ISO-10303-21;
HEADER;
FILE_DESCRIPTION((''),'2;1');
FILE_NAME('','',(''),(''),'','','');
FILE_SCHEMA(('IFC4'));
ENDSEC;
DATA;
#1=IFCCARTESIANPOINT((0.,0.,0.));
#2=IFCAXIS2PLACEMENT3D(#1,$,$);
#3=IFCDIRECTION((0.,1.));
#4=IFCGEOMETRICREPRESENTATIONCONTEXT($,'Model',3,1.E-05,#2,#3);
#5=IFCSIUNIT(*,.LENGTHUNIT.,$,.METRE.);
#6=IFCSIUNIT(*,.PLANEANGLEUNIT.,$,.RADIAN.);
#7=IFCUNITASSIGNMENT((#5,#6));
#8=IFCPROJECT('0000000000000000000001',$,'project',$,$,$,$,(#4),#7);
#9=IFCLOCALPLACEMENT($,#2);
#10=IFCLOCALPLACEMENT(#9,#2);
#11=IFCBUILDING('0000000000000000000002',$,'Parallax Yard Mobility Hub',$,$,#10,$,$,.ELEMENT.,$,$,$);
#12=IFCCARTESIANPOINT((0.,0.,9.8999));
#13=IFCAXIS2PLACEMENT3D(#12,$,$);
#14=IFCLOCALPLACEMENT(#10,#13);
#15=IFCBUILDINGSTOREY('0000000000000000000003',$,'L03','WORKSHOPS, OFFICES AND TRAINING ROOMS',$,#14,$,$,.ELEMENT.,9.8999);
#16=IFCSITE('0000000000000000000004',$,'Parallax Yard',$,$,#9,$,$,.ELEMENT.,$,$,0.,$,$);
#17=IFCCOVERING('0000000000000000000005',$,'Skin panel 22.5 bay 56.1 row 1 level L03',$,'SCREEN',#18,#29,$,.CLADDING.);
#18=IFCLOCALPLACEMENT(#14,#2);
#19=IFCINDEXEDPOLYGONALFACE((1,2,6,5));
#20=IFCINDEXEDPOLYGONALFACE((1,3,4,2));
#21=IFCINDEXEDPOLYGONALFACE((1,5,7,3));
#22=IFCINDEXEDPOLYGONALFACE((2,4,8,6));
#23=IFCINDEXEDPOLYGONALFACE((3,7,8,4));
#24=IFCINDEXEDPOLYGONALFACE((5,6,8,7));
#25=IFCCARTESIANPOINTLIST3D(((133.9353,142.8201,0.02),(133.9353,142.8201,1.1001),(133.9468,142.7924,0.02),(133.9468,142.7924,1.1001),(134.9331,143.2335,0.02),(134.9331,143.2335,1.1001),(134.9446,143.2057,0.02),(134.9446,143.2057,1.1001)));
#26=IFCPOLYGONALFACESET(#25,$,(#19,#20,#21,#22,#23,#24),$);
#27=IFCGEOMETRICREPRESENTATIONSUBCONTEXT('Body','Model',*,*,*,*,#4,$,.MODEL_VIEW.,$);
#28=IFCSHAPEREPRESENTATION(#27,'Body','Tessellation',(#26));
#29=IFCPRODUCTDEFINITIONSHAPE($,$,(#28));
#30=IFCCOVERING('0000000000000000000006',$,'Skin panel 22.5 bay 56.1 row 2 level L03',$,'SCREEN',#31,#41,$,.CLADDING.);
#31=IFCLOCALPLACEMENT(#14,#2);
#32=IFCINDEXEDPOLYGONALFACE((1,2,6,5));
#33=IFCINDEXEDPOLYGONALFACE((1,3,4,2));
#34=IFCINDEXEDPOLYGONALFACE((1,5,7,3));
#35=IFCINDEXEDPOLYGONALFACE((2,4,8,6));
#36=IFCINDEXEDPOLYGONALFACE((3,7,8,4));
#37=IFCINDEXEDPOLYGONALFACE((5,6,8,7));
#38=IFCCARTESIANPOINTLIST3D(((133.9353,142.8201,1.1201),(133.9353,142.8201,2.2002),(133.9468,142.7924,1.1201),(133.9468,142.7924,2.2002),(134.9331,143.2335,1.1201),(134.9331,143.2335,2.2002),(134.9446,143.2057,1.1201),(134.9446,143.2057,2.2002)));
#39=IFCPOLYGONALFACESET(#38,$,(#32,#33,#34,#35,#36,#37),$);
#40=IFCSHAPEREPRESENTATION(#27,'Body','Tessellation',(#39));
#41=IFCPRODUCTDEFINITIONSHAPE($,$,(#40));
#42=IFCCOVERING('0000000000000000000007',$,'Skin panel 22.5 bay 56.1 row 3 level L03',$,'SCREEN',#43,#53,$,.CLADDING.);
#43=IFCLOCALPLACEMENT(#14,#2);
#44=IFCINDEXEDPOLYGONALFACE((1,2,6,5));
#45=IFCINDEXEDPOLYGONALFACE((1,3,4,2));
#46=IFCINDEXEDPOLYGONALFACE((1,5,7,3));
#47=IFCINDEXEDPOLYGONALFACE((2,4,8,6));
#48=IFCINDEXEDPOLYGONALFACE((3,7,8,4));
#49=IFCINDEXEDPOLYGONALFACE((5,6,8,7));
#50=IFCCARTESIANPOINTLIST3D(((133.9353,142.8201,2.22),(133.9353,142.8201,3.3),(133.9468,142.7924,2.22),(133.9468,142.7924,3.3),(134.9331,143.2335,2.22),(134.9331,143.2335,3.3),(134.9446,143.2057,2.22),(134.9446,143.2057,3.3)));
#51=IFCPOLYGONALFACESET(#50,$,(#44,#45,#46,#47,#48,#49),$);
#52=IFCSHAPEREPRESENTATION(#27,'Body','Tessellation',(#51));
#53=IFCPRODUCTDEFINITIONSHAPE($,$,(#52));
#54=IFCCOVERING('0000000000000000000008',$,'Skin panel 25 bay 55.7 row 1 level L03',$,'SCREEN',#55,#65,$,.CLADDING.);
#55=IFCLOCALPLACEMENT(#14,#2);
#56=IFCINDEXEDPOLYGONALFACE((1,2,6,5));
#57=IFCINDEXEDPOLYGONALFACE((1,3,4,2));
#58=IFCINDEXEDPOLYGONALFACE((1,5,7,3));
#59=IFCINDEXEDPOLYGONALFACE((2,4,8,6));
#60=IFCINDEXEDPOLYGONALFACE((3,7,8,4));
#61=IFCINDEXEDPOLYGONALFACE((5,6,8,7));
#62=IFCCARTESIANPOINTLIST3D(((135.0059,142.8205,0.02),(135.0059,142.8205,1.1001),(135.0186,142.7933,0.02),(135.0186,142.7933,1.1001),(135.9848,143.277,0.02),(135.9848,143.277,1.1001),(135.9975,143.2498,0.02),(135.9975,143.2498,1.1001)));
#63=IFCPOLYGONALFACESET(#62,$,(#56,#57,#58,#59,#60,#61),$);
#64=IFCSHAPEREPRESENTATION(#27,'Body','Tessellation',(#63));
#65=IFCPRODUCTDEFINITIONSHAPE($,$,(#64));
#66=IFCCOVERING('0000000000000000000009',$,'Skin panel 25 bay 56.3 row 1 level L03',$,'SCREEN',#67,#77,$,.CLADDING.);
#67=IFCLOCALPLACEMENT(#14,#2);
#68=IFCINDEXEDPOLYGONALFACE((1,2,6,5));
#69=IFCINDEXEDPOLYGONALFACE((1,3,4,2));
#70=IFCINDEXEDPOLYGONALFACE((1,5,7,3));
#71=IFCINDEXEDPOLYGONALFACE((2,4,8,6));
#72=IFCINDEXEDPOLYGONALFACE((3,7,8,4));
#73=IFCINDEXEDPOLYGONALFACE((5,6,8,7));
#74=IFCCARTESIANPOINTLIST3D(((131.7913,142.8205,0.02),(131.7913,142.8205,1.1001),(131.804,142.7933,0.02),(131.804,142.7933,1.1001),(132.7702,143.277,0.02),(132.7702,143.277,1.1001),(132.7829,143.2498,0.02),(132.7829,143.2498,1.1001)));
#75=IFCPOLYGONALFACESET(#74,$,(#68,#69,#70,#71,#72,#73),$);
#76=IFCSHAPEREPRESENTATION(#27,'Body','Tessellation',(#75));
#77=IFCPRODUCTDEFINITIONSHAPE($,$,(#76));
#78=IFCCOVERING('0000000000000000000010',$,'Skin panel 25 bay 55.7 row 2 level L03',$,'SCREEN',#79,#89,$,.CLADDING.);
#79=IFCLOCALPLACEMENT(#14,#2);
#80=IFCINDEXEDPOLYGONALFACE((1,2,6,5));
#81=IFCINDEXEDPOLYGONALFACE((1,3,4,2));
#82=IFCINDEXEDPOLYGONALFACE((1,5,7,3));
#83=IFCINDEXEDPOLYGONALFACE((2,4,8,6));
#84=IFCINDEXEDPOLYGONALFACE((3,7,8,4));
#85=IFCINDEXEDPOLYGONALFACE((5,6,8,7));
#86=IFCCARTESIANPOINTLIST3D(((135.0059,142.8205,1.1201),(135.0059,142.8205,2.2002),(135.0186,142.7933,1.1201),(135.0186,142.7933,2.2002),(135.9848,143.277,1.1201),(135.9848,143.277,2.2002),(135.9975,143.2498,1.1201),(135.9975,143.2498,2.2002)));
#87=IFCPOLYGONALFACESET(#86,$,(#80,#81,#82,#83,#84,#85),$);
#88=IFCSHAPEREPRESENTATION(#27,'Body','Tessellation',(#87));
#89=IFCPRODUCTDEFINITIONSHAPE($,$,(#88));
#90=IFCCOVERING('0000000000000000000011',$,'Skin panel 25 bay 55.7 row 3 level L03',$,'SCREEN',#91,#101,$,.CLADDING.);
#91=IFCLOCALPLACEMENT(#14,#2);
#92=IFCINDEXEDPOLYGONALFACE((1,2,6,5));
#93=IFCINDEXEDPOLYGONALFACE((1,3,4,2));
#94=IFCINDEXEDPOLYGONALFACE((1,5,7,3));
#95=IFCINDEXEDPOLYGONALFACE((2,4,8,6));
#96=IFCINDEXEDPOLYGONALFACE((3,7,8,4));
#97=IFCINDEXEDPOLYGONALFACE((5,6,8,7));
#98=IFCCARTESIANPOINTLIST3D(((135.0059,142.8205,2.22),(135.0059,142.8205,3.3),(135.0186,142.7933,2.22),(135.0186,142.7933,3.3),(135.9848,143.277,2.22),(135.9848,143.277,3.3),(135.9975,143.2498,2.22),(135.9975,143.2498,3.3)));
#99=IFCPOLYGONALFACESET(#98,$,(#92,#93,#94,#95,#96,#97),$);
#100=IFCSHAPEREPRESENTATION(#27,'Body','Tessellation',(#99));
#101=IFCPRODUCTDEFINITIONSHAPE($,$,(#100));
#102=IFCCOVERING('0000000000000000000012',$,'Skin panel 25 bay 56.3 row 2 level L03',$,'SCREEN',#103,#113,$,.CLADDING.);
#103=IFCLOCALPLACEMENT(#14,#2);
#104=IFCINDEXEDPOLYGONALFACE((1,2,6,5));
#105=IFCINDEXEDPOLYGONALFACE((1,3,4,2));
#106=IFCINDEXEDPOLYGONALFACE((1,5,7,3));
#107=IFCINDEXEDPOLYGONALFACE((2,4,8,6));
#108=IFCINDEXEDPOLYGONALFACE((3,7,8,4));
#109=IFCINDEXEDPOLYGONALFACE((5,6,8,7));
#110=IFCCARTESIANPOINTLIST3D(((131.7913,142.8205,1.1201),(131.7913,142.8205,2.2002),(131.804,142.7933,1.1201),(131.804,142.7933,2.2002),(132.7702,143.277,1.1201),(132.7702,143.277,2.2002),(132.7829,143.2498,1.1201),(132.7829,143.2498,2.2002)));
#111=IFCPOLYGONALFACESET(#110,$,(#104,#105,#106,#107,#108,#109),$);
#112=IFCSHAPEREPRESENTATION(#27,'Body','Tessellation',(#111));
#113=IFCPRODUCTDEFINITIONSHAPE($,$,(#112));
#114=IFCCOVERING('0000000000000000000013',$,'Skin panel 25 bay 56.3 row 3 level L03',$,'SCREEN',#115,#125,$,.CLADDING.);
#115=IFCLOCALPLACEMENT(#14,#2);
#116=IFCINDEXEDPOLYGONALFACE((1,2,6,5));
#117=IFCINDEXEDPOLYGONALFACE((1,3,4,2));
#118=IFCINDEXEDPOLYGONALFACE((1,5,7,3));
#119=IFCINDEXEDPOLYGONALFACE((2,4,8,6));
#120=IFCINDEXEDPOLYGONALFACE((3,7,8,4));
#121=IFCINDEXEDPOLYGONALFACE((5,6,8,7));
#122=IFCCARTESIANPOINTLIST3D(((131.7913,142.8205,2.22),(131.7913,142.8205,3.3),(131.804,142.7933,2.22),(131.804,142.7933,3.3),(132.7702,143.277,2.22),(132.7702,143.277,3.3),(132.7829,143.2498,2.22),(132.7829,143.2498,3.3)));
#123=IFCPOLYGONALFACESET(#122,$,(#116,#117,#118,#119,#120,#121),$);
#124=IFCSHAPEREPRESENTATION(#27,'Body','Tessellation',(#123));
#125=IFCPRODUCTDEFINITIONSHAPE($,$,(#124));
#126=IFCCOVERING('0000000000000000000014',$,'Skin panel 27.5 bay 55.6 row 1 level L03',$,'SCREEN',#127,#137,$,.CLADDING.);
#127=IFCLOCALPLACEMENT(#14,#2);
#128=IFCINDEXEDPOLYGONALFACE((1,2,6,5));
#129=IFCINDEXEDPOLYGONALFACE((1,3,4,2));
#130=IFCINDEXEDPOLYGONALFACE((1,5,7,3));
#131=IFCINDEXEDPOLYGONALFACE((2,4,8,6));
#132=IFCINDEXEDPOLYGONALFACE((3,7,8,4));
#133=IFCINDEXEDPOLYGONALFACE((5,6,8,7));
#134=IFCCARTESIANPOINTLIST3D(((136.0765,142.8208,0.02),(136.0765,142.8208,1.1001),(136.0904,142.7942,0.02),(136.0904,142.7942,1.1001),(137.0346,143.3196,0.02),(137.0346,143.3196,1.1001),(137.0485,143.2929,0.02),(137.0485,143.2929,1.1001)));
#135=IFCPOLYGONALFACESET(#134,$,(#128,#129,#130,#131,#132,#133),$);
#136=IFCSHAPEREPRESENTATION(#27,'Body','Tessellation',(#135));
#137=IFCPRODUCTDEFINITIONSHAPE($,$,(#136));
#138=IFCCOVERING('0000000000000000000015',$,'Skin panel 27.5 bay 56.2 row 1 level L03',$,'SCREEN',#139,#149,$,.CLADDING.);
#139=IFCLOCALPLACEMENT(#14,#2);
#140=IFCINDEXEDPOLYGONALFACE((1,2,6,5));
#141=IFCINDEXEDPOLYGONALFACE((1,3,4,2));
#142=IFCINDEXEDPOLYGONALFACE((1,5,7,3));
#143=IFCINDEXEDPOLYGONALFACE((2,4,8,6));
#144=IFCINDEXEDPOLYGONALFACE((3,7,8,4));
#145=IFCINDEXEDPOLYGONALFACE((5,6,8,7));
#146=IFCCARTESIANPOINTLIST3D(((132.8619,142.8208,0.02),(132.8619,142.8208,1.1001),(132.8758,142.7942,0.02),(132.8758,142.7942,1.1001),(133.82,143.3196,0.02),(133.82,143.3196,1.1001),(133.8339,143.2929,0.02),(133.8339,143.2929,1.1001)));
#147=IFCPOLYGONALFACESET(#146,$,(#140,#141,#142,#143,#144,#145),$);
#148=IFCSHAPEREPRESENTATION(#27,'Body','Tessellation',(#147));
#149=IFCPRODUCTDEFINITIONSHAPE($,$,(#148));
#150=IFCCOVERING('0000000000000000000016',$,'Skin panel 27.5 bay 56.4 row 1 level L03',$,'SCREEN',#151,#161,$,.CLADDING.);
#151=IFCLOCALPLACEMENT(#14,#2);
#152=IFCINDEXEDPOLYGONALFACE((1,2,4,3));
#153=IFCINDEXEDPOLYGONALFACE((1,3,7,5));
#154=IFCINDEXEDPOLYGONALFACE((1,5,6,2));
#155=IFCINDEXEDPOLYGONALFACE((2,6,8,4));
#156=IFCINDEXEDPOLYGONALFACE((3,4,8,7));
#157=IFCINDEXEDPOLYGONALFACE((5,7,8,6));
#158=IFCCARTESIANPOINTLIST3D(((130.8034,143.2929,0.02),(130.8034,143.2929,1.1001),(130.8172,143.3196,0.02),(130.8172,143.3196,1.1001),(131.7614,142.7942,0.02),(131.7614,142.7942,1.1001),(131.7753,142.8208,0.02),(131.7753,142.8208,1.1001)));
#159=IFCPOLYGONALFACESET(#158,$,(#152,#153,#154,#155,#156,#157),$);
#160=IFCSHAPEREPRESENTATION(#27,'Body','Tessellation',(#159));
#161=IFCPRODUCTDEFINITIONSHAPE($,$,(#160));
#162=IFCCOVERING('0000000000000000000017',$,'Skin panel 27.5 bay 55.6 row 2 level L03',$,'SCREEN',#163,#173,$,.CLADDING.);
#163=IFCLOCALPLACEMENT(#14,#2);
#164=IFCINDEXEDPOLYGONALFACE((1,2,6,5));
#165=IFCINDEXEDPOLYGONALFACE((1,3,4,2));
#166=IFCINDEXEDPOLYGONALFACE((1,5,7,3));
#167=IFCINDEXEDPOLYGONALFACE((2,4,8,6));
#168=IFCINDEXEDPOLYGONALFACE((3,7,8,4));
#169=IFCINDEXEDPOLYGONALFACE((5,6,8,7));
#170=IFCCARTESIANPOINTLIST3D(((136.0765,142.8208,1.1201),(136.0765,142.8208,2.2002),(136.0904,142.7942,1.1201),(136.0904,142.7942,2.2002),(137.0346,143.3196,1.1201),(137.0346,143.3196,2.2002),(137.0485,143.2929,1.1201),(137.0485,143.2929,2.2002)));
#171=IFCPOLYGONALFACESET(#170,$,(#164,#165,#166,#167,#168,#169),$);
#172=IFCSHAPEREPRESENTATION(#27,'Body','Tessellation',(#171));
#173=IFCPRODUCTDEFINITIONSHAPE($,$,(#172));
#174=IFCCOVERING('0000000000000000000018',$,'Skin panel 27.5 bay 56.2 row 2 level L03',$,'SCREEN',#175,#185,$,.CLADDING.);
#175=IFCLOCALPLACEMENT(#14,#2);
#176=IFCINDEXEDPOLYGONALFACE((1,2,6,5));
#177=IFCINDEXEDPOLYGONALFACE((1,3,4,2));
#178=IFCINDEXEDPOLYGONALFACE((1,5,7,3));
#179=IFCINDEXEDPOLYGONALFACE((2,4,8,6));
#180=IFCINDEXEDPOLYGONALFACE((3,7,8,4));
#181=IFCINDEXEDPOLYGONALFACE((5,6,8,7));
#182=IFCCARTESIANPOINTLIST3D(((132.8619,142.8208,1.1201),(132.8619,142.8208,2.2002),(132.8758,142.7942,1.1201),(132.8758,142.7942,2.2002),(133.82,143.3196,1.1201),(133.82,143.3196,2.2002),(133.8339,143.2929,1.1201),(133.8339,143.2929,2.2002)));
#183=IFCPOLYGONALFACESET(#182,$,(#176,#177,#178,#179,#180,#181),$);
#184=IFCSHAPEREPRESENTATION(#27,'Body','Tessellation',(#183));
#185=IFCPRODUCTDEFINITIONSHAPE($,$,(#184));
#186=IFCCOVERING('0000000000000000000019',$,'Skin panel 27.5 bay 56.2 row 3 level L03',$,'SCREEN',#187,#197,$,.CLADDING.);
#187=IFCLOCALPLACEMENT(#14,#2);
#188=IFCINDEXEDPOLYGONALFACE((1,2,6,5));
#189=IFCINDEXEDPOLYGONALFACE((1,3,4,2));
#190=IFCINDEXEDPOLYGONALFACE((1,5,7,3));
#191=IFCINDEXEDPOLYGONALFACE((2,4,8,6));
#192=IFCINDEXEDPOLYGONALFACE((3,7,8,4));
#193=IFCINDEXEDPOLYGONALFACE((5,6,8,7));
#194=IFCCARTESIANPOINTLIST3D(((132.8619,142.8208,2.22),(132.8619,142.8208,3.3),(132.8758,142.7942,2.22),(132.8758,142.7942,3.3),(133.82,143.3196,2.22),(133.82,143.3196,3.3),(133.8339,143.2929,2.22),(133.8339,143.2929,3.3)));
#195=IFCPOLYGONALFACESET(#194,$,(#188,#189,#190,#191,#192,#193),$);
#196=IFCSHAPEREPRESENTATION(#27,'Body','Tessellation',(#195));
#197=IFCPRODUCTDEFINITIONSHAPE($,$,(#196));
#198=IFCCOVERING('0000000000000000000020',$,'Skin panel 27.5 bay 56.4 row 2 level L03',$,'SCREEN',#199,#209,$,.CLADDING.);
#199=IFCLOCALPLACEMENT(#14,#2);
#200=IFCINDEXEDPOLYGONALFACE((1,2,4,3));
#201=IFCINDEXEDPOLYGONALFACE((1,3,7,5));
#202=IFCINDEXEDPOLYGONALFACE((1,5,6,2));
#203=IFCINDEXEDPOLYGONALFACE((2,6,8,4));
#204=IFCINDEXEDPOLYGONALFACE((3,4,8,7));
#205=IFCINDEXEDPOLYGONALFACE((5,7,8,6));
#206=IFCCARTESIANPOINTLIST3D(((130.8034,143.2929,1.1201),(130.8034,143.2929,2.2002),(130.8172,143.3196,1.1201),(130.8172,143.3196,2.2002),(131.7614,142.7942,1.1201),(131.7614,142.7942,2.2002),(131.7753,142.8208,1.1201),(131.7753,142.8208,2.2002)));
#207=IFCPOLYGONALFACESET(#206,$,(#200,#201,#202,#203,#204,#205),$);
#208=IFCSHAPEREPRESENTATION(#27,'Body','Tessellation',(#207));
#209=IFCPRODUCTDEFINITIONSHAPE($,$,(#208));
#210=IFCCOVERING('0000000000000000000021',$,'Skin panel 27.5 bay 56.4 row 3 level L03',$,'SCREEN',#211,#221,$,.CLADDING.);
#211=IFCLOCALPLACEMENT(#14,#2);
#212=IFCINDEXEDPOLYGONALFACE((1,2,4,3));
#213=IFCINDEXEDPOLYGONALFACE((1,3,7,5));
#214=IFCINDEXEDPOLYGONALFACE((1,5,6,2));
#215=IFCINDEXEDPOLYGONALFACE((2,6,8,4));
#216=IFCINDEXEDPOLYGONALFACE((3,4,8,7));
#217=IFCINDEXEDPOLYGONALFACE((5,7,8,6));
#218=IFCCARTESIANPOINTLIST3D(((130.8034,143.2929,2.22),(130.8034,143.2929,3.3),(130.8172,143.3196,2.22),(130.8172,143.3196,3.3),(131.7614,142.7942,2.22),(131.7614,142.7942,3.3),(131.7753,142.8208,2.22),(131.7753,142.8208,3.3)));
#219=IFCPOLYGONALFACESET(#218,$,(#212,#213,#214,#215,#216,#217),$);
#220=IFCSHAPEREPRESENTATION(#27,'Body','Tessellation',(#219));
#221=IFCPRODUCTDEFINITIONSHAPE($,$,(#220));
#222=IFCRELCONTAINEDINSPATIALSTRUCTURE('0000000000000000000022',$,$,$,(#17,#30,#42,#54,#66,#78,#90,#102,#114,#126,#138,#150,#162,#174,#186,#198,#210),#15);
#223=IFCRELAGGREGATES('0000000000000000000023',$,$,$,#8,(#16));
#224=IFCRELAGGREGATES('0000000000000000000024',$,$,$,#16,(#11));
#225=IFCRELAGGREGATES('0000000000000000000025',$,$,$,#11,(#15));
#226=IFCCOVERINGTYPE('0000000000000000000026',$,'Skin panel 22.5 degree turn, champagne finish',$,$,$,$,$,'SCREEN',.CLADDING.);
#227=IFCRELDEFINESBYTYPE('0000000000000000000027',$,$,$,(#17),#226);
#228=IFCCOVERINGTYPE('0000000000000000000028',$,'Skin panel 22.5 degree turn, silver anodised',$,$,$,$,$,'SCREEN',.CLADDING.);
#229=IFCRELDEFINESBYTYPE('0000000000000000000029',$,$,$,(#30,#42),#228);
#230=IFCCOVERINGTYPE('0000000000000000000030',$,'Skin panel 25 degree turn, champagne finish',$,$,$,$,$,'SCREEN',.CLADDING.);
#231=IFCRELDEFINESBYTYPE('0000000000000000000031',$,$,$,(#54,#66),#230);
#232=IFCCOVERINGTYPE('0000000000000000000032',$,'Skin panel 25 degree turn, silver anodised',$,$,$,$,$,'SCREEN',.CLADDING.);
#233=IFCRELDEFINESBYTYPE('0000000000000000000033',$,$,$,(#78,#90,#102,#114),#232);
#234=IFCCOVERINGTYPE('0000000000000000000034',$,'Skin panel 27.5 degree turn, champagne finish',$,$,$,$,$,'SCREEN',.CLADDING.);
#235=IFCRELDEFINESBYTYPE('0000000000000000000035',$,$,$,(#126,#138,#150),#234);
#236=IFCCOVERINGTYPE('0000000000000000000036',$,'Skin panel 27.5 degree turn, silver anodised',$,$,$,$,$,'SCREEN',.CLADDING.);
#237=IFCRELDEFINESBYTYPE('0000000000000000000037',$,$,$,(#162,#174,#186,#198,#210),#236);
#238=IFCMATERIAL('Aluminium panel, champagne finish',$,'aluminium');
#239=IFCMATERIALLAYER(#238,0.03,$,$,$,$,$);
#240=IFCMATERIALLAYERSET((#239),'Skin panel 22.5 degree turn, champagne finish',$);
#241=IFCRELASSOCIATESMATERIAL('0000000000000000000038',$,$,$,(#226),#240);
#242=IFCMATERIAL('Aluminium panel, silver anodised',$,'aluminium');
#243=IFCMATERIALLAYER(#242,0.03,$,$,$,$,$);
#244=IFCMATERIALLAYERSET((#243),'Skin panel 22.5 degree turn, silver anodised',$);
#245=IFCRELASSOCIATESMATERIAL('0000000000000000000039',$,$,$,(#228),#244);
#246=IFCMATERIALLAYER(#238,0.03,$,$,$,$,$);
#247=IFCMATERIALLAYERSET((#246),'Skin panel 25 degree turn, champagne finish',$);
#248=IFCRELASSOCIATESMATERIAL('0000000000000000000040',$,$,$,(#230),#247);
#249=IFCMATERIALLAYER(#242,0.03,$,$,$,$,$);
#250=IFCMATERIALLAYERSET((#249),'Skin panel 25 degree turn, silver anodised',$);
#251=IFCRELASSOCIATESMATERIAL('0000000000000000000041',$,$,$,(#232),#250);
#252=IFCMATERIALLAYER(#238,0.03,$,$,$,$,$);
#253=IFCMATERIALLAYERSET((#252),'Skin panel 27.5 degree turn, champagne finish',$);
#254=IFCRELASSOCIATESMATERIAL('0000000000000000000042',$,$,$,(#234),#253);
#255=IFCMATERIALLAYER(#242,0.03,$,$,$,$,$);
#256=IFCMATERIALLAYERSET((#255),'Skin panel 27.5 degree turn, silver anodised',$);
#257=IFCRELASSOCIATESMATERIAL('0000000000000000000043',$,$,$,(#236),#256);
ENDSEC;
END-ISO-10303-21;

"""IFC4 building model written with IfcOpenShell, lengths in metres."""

from ifc_helpers import new_model, si_unit, direction, frame, origin, origin_2d, place, context, subcontext, project, spatial, rectangle, extrude, material, layer, layer_set, type_object, element, save


model = new_model("IFC4")

# Units and contexts
model_context = context("Model", 3, precision=1e-05, world=origin(), true_north=direction((0.0, 1.0)))
body_context = subcontext(model_context, "Body", "Model", "MODEL_VIEW")
ifc_project = project(units=[si_unit("LENGTHUNIT", "METRE"), si_unit("PLANEANGLEUNIT", "RADIAN")], contexts=[model_context])

# Site, building, storey
site_placement = place(None, origin())
site = spatial("IfcSite", under=ifc_project, at=site_placement, Name="Parallax Yard", CompositionType="ELEMENT", RefElevation=0.0)
building_placement = place(site_placement, origin())
building = spatial("IfcBuilding", under=site, at=building_placement, Name="Parallax Yard Mobility Hub", CompositionType="ELEMENT")
storey_placement = place(building_placement, frame((0.0, 0.0, 9.8999)))
storey = spatial("IfcBuildingStorey", under=building, at=storey_placement, Name="L03", Description="WORKSHOPS, OFFICES AND TRAINING ROOMS", CompositionType="ELEMENT", Elevation=9.8999)

# Coverings
ifc_material_1 = material(Name="Aluminium panel, champagne finish", Category="aluminium")
ifc_layer_1 = layer(ifc_material_1, 0.03)
ifc_layer_set_1 = layer_set([ifc_layer_1], Name="Skin panel 22.5 degree turn, champagne finish")
covering_type_1 = type_object("IfcCoveringType", Name="Skin panel 22.5 degree turn, champagne finish", ElementType="SCREEN", PredefinedType="CLADDING", material=ifc_layer_set_1)
covering_placement = place(storey_placement, frame((134.4399, 143.0129, 0.02), z_axis=(0.0, 0.0, 1.0), x_axis=(0.92388, 0.382683, 0.0)))
element("IfcCovering", 1, at=covering_placement, inside=storey, type_object=covering_type_1, Name="Skin panel 22.5 bay 56.1 row 1 level L03", ObjectType="SCREEN", PredefinedType="CLADDING", context=body_context, shape_type="SweptSolid", body=[
    extrude(rectangle(XDim=1.0801, YDim=0.03, at=origin_2d()), origin(), (0.0, 0.0, 1.0), 1.0801),
])
ifc_material_2 = material(Name="Aluminium panel, silver anodised", Category="aluminium")
ifc_layer_2 = layer(ifc_material_2, 0.03)
ifc_layer_set_2 = layer_set([ifc_layer_2], Name="Skin panel 22.5 degree turn, silver anodised")
covering_type_2 = type_object("IfcCoveringType", Name="Skin panel 22.5 degree turn, silver anodised", ElementType="SCREEN", PredefinedType="CLADDING", material=ifc_layer_set_2)
for number, where, z_axis, x_axis, name in (
    (2, (134.4399, 143.0129, 1.1201), (0.0, 0.0, 1.0), (0.92388, 0.382683, 0.0), "Skin panel 22.5 bay 56.1 row 2 level L03"),
    (3, (134.4399, 143.0129, 2.22), (0.0, 0.0, 1.0), (0.92388, 0.382683, 0.0), "Skin panel 22.5 bay 56.1 row 3 level L03"),
):
    element("IfcCovering", number, at=place(storey_placement, frame(where, z_axis=z_axis, x_axis=x_axis)), inside=storey, type_object=covering_type_2, Name=name, ObjectType="SCREEN", PredefinedType="CLADDING", context=body_context, shape_type="SweptSolid", body=[
        extrude(rectangle(XDim=1.0801, YDim=0.03, at=origin_2d()), origin(), (0.0, 0.0, 1.0), 1.0801),
    ])
ifc_layer_3 = layer(ifc_material_1, 0.03)
ifc_layer_set_3 = layer_set([ifc_layer_3], Name="Skin panel 25 degree turn, champagne finish")
covering_type_3 = type_object("IfcCoveringType", Name="Skin panel 25 degree turn, champagne finish", ElementType="SCREEN", PredefinedType="CLADDING", material=ifc_layer_set_3)
for number, where, z_axis, x_axis, name in (
    (4, (135.5017, 143.0352, 0.02), (0.0, 0.0, 1.0), (0.906308, 0.422618, 0.0), "Skin panel 25 bay 55.7 row 1 level L03"),
    (5, (132.2871, 143.0352, 0.02), (0.0, 0.0, 1.0), (0.906308, 0.422618, 0.0), "Skin panel 25 bay 56.3 row 1 level L03"),
):
    element("IfcCovering", number, at=place(storey_placement, frame(where, z_axis=z_axis, x_axis=x_axis)), inside=storey, type_object=covering_type_3, Name=name, ObjectType="SCREEN", PredefinedType="CLADDING", context=body_context, shape_type="SweptSolid", body=[
        extrude(rectangle(XDim=1.0801, YDim=0.03, at=origin_2d()), origin(), (0.0, 0.0, 1.0), 1.0801),
    ])
ifc_layer_4 = layer(ifc_material_2, 0.03)
ifc_layer_set_4 = layer_set([ifc_layer_4], Name="Skin panel 25 degree turn, silver anodised")
covering_type_4 = type_object("IfcCoveringType", Name="Skin panel 25 degree turn, silver anodised", ElementType="SCREEN", PredefinedType="CLADDING", material=ifc_layer_set_4)
for number, where, z_axis, x_axis, name in (
    (6, (135.5017, 143.0352, 1.1201), (0.0, 0.0, 1.0), (0.906308, 0.422618, 0.0), "Skin panel 25 bay 55.7 row 2 level L03"),
    (7, (135.5017, 143.0352, 2.22), (0.0, 0.0, 1.0), (0.906308, 0.422618, 0.0), "Skin panel 25 bay 55.7 row 3 level L03"),
    (8, (132.2871, 143.0352, 1.1201), (0.0, 0.0, 1.0), (0.906308, 0.422618, 0.0), "Skin panel 25 bay 56.3 row 2 level L03"),
    (9, (132.2871, 143.0352, 2.22), (0.0, 0.0, 1.0), (0.906308, 0.422618, 0.0), "Skin panel 25 bay 56.3 row 3 level L03"),
):
    element("IfcCovering", number, at=place(storey_placement, frame(where, z_axis=z_axis, x_axis=x_axis)), inside=storey, type_object=covering_type_4, Name=name, ObjectType="SCREEN", PredefinedType="CLADDING", context=body_context, shape_type="SweptSolid", body=[
        extrude(rectangle(XDim=1.0801, YDim=0.03, at=origin_2d()), origin(), (0.0, 0.0, 1.0), 1.0801),
    ])
ifc_layer_5 = layer(ifc_material_1, 0.03)
ifc_layer_set_5 = layer_set([ifc_layer_5], Name="Skin panel 27.5 degree turn, champagne finish")
covering_type_5 = type_object("IfcCoveringType", Name="Skin panel 27.5 degree turn, champagne finish", ElementType="SCREEN", PredefinedType="CLADDING", material=ifc_layer_set_5)
for number, where, z_axis, x_axis, name in (
    (10, (136.5625, 143.0569, 0.02), (0.0, 0.0, 1.0), (0.887011, 0.461749, 0.0), "Skin panel 27.5 bay 55.6 row 1 level L03"),
    (11, (133.3479, 143.0569, 0.02), (0.0, 0.0, 1.0), (0.887011, 0.461749, 0.0), "Skin panel 27.5 bay 56.2 row 1 level L03"),
    (12, (131.2893, 143.0569, 0.02), (0.0, 0.0, 1.0), (-0.887011, 0.461749, 0.0), "Skin panel 27.5 bay 56.4 row 1 level L03"),
):
    element("IfcCovering", number, at=place(storey_placement, frame(where, z_axis=z_axis, x_axis=x_axis)), inside=storey, type_object=covering_type_5, Name=name, ObjectType="SCREEN", PredefinedType="CLADDING", context=body_context, shape_type="SweptSolid", body=[
        extrude(rectangle(XDim=1.0801, YDim=0.03, at=origin_2d()), origin(), (0.0, 0.0, 1.0), 1.0801),
    ])
ifc_layer_6 = layer(ifc_material_2, 0.03)
ifc_layer_set_6 = layer_set([ifc_layer_6], Name="Skin panel 27.5 degree turn, silver anodised")
covering_type_6 = type_object("IfcCoveringType", Name="Skin panel 27.5 degree turn, silver anodised", ElementType="SCREEN", PredefinedType="CLADDING", material=ifc_layer_set_6)
for number, where, z_axis, x_axis, name in (
    (13, (136.5625, 143.0569, 1.1201), (0.0, 0.0, 1.0), (0.887011, 0.461749, 0.0), "Skin panel 27.5 bay 55.6 row 2 level L03"),
    (14, (133.3479, 143.0569, 1.1201), (0.0, 0.0, 1.0), (0.887011, 0.461749, 0.0), "Skin panel 27.5 bay 56.2 row 2 level L03"),
    (15, (133.3479, 143.0569, 2.22), (0.0, 0.0, 1.0), (0.887011, 0.461749, 0.0), "Skin panel 27.5 bay 56.2 row 3 level L03"),
    (16, (131.2893, 143.0569, 1.1201), (0.0, 0.0, 1.0), (-0.887011, 0.461749, 0.0), "Skin panel 27.5 bay 56.4 row 2 level L03"),
    (17, (131.2893, 143.0569, 2.22), (0.0, 0.0, 1.0), (-0.887011, 0.461749, 0.0), "Skin panel 27.5 bay 56.4 row 3 level L03"),
):
    element("IfcCovering", number, at=place(storey_placement, frame(where, z_axis=z_axis, x_axis=x_axis)), inside=storey, type_object=covering_type_6, Name=name, ObjectType="SCREEN", PredefinedType="CLADDING", context=body_context, shape_type="SweptSolid", body=[
        extrude(rectangle(XDim=1.0801, YDim=0.03, at=origin_2d()), origin(), (0.0, 0.0, 1.0), 1.0801),
    ])

save(model, "model.ifc")
